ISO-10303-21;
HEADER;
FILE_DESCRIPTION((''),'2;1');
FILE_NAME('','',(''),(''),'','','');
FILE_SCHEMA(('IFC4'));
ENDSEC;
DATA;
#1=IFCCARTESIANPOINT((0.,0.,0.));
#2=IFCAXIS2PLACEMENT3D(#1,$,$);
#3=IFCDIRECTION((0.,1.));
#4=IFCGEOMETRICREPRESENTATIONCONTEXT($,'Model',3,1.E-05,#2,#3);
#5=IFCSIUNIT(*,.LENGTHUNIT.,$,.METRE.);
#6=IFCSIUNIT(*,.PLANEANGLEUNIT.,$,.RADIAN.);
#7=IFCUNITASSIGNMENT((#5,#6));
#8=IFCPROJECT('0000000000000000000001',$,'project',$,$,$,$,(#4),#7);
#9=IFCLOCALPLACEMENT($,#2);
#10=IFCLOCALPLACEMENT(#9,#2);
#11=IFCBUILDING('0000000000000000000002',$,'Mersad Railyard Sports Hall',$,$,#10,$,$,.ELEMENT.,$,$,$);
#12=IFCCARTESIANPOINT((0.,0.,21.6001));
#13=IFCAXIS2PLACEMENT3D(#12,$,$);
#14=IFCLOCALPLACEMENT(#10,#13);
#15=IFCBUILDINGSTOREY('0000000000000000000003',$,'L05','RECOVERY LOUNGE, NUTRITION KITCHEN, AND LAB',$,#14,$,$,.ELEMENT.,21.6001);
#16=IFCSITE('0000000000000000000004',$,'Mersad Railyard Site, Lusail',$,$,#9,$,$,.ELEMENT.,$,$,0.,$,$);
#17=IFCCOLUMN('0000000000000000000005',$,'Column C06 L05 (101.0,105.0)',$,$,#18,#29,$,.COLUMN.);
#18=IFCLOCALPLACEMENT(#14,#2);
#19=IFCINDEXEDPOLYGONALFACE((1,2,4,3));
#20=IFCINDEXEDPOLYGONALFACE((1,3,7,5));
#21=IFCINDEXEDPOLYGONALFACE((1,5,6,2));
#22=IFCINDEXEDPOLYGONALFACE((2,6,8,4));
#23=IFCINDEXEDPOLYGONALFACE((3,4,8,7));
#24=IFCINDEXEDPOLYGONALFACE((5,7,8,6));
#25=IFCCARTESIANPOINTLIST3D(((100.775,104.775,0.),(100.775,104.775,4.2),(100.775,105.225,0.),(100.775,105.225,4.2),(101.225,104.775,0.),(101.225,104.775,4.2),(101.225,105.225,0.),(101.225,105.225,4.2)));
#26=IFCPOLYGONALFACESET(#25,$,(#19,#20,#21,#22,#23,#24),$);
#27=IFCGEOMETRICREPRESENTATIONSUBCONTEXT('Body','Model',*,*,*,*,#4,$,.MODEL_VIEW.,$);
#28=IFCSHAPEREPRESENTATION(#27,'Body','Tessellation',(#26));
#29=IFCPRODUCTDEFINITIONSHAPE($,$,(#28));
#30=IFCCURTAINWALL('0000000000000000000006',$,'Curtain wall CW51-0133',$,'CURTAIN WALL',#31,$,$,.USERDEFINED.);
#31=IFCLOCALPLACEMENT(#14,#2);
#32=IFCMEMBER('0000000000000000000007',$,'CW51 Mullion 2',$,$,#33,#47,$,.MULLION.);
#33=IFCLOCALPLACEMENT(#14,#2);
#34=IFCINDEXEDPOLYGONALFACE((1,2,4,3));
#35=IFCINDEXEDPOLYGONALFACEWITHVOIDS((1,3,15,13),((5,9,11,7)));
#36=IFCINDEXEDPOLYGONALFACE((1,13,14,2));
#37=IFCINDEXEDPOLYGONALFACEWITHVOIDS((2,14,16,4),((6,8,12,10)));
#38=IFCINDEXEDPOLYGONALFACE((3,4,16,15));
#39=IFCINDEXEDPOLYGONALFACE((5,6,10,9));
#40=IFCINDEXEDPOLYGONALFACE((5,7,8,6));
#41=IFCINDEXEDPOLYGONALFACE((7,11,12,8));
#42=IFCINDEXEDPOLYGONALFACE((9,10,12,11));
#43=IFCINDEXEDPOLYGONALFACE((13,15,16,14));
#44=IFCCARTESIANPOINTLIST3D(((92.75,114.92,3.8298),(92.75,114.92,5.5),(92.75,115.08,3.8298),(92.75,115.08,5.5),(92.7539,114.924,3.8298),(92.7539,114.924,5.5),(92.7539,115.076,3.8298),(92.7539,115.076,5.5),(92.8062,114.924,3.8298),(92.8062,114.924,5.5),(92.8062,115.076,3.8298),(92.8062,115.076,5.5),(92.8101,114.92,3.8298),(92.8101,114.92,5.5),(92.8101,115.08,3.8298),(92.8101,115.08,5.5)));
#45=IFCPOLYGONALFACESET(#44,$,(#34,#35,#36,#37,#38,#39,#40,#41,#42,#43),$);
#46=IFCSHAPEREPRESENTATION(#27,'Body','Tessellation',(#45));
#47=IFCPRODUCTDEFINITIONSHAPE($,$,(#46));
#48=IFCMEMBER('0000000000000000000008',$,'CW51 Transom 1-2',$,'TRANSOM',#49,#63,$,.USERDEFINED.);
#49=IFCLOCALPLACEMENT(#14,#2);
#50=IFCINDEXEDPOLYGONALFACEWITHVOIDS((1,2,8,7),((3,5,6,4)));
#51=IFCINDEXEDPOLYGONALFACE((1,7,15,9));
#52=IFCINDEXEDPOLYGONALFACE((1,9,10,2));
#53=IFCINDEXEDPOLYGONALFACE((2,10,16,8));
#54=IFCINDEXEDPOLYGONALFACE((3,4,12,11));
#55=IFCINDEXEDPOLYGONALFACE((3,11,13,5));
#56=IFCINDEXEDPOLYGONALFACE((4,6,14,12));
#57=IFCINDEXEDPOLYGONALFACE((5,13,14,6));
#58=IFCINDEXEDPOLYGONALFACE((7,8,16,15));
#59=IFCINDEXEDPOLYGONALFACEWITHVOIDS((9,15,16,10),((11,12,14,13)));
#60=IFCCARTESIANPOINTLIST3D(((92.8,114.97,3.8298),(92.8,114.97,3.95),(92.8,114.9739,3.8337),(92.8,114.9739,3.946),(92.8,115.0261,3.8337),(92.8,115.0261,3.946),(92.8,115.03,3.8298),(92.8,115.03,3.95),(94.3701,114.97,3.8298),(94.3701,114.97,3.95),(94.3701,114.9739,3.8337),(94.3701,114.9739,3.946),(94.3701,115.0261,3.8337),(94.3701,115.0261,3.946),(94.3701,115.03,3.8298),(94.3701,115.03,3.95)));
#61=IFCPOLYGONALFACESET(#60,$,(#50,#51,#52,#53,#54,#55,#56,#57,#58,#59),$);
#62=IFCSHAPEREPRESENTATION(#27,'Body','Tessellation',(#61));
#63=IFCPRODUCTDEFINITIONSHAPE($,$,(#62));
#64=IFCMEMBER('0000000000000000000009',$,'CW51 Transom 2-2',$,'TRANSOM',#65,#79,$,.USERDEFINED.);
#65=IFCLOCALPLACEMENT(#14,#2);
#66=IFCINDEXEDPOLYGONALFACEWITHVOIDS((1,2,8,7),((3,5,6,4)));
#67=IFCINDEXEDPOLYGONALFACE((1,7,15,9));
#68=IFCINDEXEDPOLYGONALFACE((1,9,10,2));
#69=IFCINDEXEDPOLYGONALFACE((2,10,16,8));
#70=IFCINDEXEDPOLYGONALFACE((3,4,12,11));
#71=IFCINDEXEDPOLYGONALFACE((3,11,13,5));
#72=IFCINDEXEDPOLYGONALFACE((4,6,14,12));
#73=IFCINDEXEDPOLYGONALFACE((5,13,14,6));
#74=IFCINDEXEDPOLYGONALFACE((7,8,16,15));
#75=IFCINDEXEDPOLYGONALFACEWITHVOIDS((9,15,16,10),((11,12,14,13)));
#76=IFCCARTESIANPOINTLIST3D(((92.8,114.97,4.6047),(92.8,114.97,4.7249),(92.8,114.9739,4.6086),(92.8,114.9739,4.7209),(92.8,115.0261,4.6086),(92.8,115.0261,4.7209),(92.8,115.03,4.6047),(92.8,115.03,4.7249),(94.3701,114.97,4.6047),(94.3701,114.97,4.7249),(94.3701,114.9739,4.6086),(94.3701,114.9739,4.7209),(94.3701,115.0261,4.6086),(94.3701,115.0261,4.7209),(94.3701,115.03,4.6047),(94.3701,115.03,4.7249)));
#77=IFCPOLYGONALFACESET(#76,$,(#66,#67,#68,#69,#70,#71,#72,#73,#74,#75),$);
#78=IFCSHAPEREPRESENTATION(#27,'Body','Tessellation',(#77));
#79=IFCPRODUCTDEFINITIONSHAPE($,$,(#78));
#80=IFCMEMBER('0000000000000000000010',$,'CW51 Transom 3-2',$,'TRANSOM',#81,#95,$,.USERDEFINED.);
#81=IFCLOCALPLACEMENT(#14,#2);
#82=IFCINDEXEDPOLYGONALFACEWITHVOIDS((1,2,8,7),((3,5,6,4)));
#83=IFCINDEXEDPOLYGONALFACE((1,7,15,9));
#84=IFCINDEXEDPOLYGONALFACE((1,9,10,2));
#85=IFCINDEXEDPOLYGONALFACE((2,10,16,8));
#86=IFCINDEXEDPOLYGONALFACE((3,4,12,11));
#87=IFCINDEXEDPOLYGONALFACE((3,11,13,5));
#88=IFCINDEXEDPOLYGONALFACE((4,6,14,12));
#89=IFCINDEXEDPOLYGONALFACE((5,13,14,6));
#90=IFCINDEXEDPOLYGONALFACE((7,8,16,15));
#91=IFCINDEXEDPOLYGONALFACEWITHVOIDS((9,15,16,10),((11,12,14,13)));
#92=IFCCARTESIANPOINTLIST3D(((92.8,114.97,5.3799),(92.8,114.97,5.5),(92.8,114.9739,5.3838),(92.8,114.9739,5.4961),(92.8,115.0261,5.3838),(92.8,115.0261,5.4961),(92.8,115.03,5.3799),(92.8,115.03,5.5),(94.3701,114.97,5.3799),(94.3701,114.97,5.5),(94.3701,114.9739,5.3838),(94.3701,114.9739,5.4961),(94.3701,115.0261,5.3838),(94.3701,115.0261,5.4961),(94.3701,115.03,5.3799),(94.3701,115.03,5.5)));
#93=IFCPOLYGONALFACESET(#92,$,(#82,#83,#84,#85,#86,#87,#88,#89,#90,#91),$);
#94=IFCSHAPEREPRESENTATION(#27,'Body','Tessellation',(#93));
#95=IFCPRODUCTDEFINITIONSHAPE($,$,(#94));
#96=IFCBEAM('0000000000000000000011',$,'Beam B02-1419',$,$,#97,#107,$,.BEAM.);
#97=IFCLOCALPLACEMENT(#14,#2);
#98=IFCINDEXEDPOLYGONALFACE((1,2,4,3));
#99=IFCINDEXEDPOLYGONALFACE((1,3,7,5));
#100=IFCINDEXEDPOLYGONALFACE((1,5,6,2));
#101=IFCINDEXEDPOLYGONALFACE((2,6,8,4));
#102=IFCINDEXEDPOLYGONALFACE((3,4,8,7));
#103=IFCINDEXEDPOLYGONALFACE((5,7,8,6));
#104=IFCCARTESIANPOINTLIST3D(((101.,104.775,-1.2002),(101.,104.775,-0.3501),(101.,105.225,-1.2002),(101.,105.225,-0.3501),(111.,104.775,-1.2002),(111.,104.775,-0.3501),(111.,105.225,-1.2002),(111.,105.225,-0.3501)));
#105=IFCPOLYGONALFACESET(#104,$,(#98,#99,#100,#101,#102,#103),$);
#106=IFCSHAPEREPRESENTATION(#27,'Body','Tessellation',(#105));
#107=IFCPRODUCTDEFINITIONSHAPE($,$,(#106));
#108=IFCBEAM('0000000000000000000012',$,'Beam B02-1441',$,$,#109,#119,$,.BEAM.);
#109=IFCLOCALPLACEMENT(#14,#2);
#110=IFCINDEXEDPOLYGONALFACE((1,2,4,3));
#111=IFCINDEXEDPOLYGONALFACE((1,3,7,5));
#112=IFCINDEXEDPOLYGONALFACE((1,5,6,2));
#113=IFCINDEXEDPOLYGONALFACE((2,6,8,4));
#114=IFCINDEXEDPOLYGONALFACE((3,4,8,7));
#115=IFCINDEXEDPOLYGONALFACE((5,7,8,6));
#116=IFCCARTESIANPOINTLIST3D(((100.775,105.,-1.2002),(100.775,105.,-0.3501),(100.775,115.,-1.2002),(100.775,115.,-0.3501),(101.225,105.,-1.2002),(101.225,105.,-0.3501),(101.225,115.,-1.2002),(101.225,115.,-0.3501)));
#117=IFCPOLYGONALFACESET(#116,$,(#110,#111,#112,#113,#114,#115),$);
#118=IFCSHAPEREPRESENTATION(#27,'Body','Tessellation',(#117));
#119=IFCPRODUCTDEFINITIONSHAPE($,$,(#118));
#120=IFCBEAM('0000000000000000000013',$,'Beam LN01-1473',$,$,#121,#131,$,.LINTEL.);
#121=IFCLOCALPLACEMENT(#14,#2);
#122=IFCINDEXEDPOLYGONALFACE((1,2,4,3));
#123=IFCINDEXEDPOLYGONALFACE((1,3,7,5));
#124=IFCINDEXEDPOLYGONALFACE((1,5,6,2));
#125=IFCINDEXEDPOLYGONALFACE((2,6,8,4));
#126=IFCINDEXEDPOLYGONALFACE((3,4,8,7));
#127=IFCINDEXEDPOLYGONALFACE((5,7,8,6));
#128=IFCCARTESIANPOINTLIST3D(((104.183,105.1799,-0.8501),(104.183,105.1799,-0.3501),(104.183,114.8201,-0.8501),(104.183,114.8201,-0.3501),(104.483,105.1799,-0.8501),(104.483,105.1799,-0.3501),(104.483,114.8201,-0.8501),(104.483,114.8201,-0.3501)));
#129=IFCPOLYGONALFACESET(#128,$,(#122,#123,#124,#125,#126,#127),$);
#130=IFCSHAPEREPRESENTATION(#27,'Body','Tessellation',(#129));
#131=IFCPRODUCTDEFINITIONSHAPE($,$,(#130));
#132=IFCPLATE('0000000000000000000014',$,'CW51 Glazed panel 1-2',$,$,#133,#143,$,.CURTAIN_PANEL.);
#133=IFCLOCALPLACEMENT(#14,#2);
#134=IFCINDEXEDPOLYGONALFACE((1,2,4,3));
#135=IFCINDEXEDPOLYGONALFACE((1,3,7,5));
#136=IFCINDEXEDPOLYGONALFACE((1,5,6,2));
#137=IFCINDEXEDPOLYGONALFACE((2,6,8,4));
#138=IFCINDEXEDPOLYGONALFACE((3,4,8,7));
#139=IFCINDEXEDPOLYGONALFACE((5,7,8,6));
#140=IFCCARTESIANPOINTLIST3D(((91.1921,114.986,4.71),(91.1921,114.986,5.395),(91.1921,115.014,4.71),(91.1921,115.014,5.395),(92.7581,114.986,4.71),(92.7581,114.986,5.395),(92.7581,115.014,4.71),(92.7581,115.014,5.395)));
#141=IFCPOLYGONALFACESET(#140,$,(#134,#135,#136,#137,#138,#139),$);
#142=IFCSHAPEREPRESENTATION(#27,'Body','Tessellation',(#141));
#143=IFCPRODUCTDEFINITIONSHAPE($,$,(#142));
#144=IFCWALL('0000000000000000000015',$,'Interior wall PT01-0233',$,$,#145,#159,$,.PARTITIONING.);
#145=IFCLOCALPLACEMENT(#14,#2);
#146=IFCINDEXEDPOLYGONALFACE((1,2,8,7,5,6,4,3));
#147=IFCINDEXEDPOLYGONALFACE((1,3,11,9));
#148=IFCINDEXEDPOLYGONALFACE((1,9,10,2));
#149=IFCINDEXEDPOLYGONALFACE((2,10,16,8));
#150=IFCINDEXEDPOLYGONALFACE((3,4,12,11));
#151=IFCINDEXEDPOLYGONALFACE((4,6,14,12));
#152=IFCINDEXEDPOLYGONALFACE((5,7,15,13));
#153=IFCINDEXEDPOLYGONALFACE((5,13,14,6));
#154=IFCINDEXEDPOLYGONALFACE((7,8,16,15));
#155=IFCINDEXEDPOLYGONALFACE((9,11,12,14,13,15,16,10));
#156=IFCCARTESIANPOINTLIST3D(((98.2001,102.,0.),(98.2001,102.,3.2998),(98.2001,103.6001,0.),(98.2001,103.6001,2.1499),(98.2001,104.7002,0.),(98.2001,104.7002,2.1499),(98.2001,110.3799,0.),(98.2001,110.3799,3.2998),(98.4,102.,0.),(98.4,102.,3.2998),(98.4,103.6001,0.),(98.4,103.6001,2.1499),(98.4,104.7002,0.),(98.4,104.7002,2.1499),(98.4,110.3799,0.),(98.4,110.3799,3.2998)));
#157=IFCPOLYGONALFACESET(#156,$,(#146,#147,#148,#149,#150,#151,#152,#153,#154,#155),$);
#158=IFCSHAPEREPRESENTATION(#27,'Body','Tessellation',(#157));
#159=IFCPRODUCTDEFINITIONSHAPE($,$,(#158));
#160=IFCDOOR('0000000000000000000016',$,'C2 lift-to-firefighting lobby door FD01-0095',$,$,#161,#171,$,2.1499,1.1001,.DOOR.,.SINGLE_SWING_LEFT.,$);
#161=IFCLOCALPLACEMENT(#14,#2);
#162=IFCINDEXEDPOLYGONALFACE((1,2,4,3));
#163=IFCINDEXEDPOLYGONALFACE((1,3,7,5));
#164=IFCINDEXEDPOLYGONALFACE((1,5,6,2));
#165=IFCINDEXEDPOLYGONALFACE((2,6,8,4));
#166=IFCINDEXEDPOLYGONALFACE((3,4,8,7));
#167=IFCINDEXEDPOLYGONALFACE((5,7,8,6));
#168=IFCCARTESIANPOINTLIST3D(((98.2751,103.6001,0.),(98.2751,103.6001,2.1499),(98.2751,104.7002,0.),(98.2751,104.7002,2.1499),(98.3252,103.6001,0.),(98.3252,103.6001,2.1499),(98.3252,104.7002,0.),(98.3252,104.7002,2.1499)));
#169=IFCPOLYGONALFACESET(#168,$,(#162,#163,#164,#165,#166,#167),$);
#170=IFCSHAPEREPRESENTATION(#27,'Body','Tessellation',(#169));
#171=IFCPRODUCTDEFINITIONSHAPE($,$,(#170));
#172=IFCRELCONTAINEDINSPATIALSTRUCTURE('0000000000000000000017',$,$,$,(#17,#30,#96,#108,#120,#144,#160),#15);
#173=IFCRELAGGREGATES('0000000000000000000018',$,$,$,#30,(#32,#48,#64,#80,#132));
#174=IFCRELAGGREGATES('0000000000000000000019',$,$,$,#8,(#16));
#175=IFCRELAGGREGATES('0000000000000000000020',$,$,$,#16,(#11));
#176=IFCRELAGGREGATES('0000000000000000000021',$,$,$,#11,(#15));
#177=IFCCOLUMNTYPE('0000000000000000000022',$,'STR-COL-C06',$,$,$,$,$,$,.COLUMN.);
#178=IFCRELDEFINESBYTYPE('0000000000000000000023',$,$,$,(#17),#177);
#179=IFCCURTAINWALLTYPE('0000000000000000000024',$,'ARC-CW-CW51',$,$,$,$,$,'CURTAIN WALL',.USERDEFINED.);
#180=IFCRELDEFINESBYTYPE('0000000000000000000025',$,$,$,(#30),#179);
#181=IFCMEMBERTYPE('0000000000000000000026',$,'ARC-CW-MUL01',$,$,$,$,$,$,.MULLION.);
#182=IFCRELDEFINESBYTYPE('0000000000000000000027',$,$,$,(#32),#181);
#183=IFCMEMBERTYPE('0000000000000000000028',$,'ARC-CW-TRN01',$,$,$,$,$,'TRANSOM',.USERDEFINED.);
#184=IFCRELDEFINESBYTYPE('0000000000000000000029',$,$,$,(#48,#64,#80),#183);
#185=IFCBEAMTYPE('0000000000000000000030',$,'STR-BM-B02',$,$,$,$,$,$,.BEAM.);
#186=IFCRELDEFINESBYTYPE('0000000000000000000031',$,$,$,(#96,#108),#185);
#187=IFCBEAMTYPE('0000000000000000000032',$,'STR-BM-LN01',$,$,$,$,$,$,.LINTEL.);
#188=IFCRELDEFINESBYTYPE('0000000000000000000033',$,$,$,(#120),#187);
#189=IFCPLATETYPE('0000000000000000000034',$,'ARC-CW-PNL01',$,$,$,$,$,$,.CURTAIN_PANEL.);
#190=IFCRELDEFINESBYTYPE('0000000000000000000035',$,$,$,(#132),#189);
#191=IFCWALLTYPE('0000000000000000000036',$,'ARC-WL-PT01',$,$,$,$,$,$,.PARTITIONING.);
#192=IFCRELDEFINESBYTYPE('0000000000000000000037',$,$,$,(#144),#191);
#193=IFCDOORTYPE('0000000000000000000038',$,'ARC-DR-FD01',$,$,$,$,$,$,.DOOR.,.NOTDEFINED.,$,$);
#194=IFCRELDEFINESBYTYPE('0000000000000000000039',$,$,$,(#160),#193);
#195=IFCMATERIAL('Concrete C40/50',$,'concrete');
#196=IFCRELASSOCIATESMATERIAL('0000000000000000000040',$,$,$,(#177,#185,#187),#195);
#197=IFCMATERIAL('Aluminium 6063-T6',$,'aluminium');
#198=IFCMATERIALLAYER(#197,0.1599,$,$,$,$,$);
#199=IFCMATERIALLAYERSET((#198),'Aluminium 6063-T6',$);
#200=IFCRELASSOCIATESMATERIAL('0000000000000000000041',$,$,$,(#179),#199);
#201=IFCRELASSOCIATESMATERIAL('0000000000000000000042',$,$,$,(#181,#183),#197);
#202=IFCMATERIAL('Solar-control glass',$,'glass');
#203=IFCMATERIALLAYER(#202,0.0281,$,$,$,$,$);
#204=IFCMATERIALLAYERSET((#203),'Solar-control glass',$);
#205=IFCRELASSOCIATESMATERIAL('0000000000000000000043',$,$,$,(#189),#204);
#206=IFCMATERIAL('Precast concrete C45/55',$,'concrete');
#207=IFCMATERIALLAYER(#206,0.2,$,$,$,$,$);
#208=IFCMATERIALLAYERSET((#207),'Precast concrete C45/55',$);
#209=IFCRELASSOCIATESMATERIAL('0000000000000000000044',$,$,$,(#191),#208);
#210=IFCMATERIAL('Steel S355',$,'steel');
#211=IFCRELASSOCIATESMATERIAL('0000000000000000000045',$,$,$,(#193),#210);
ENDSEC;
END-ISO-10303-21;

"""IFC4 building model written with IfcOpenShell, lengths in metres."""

from ifc_helpers import new_model, si_unit, direction, frame, frame_2d, origin, origin_2d, place, context, subcontext, project, spatial, rectangle, hollow_rectangle, extrude, material, layer, layer_set, material_profile, profile_set, type_object, element, fill, aggregate, save


model = new_model("IFC4")

# Units and contexts
model_context = context("Model", 3, precision=1e-05, world=origin(), true_north=direction((0.0, 1.0)))
body_context = subcontext(model_context, "Body", "Model", "MODEL_VIEW")
ifc_project = project(units=[si_unit("LENGTHUNIT", "METRE"), si_unit("PLANEANGLEUNIT", "RADIAN")], contexts=[model_context])

# Site, building, storey
site_placement = place(None, origin())
site = spatial("IfcSite", under=ifc_project, at=site_placement, Name="Mersad Railyard Site, Lusail", CompositionType="ELEMENT", RefElevation=0.0)
building_placement = place(site_placement, origin())
building = spatial("IfcBuilding", under=site, at=building_placement, Name="Mersad Railyard Sports Hall", CompositionType="ELEMENT")
storey_placement = place(building_placement, frame((0.0, 0.0, 21.6001)))
storey = spatial("IfcBuildingStorey", under=building, at=storey_placement, Name="L05", Description="RECOVERY LOUNGE, NUTRITION KITCHEN, AND LAB", CompositionType="ELEMENT", Elevation=21.6001)

# Column
ifc_material_1 = material(Name="Concrete C40/50", Category="concrete")
ifc_material_profile_1 = material_profile(ifc_material_1, rectangle(XDim=0.45, YDim=0.45, at=origin_2d()), Name="RC 450x450")
ifc_profile_set_1 = profile_set([ifc_material_profile_1], Name="Concrete C40/50")
column_type = type_object("IfcColumnType", Name="STR-COL-C06", PredefinedType="COLUMN", material=ifc_profile_set_1)
column_placement = place(storey_placement, frame((101.0, 105.0, 0.0), z_axis=(0.0, 0.0, 1.0), x_axis=(1.0, 0.0, 0.0)))
element("IfcColumn", 1, at=column_placement, inside=storey, type_object=column_type, Name="Column C06 L05 (101.0,105.0)", PredefinedType="COLUMN", context=body_context, shape_type="SweptSolid", body=[
    extrude(rectangle(XDim=0.45, YDim=0.45, at=origin_2d()), origin(), (0.0, 0.0, 1.0), 4.2),
])

# Curtain wall, members
ifc_material_2 = material(Name="Aluminium 6063-T6", Category="aluminium")
ifc_layer_1 = layer(ifc_material_2, 0.1599)
ifc_layer_set_1 = layer_set([ifc_layer_1], Name="Aluminium 6063-T6")
curtain_wall_type = type_object("IfcCurtainWallType", Name="ARC-CW-CW51", ElementType="CURTAIN WALL", PredefinedType="USERDEFINED", material=ifc_layer_set_1)
curtain_wall_placement = place(storey_placement, origin())
curtain_wall = element("IfcCurtainWall", 2, at=curtain_wall_placement, inside=storey, type_object=curtain_wall_type, Name="Curtain wall CW51-0133", ObjectType="CURTAIN WALL", PredefinedType="USERDEFINED")
ifc_material_profile_2 = material_profile(ifc_material_2, hollow_rectangle(XDim=0.0601, YDim=0.1599, WallThickness=0.0039, at=origin_2d()), Name="AL MULLION 60x160x4")
ifc_profile_set_2 = profile_set([ifc_material_profile_2], Name="Aluminium 6063-T6")
member_type_1 = type_object("IfcMemberType", Name="ARC-CW-MUL01", PredefinedType="MULLION", material=ifc_profile_set_2)
member_1_placement = place(storey_placement, frame((92.78, 115.0, 3.8298), z_axis=(0.0, 0.0, 1.0), x_axis=(1.0, 0.0, 0.0)))
member_1 = element("IfcMember", 3, at=member_1_placement, type_object=member_type_1, Name="CW51 Mullion 2", PredefinedType="MULLION", context=body_context, shape_type="SweptSolid", body=[
    extrude(hollow_rectangle(XDim=0.0601, YDim=0.1599, WallThickness=0.0039, at=origin_2d()), origin(), (0.0, 0.0, 1.0), 1.6702),
])
ifc_material_profile_3 = material_profile(ifc_material_2, hollow_rectangle(XDim=0.0601, YDim=0.1201, WallThickness=0.0039, at=origin_2d()), Name="AL TRANSOM 60x120x4")
ifc_profile_set_3 = profile_set([ifc_material_profile_3], Name="Aluminium 6063-T6")
member_type_2 = type_object("IfcMemberType", Name="ARC-CW-TRN01", ElementType="TRANSOM", PredefinedType="USERDEFINED", material=ifc_profile_set_3)
member_2_placement = place(storey_placement, frame((92.8, 115.0, 3.8899), z_axis=(1.0, 0.0, 0.0), x_axis=(0.0, 1.0, 0.0)))
member_2 = element("IfcMember", 4, at=member_2_placement, type_object=member_type_2, Name="CW51 Transom 1-2", ObjectType="TRANSOM", PredefinedType="USERDEFINED", context=body_context, shape_type="SweptSolid", body=[
    extrude(hollow_rectangle(XDim=0.0601, YDim=0.1201, WallThickness=0.0039, at=origin_2d()), origin(), (0.0, 0.0, 1.0), 1.5701),
])
member_3_placement = place(storey_placement, frame((92.8, 115.0, 4.6648), z_axis=(1.0, 0.0, 0.0), x_axis=(0.0, 1.0, 0.0)))
member_3 = element("IfcMember", 5, at=member_3_placement, type_object=member_type_2, Name="CW51 Transom 2-2", ObjectType="TRANSOM", PredefinedType="USERDEFINED", context=body_context, shape_type="SweptSolid", body=[
    extrude(hollow_rectangle(XDim=0.0601, YDim=0.1201, WallThickness=0.0039, at=origin_2d()), origin(), (0.0, 0.0, 1.0), 1.5701),
])
member_4_placement = place(storey_placement, frame((92.8, 115.0, 5.4399), z_axis=(1.0, 0.0, 0.0), x_axis=(0.0, 1.0, 0.0)))
member_4 = element("IfcMember", 6, at=member_4_placement, type_object=member_type_2, Name="CW51 Transom 3-2", ObjectType="TRANSOM", PredefinedType="USERDEFINED", context=body_context, shape_type="SweptSolid", body=[
    extrude(hollow_rectangle(XDim=0.0601, YDim=0.1201, WallThickness=0.0039, at=origin_2d()), origin(), (0.0, 0.0, 1.0), 1.5701),
])

# Beams
ifc_material_profile_4 = material_profile(ifc_material_1, rectangle(XDim=0.45, YDim=0.8501, at=origin_2d()), Name="RC 450x850")
ifc_profile_set_4 = profile_set([ifc_material_profile_4], Name="Concrete C40/50")
beam_type_1 = type_object("IfcBeamType", Name="STR-BM-B02", PredefinedType="BEAM", material=ifc_profile_set_4)
for number, where, z_axis, x_axis, name in (
    (7, (101.0, 105.0, -0.7751), (1.0, 0.0, 0.0), (0.0, 1.0, 0.0), "Beam B02-1419"),
    (8, (101.0, 105.0, -0.7751), (0.0, 1.0, 0.0), (-1.0, 0.0, 0.0), "Beam B02-1441"),
):
    element("IfcBeam", number, at=place(storey_placement, frame(where, z_axis=z_axis, x_axis=x_axis)), inside=storey, type_object=beam_type_1, Name=name, PredefinedType="BEAM", context=body_context, shape_type="SweptSolid", body=[
        extrude(rectangle(XDim=0.45, YDim=0.8501, at=origin_2d()), origin(), (0.0, 0.0, 1.0), 10.0),
    ])
ifc_material_profile_5 = material_profile(ifc_material_1, rectangle(XDim=0.3, YDim=0.5, at=origin_2d()), Name="RC 300x500")
ifc_profile_set_5 = profile_set([ifc_material_profile_5], Name="Concrete C40/50")
beam_type_2 = type_object("IfcBeamType", Name="STR-BM-LN01", PredefinedType="LINTEL", material=ifc_profile_set_5)
beam_placement = place(storey_placement, frame((104.333, 105.1799, -0.6001), z_axis=(0.0, 1.0, 0.0), x_axis=(-1.0, 0.0, 0.0)))
element("IfcBeam", 9, at=beam_placement, inside=storey, type_object=beam_type_2, Name="Beam LN01-1473", PredefinedType="LINTEL", context=body_context, shape_type="SweptSolid", body=[
    extrude(rectangle(XDim=0.3, YDim=0.5, at=origin_2d()), origin(), (0.0, 0.0, 1.0), 9.6401),
])

# Plate
ifc_material_3 = material(Name="Solar-control glass", Category="glass")
ifc_layer_2 = layer(ifc_material_3, 0.0281)
ifc_layer_set_2 = layer_set([ifc_layer_2], Name="Solar-control glass")
plate_type = type_object("IfcPlateType", Name="ARC-CW-PNL01", PredefinedType="CURTAIN_PANEL", material=ifc_layer_set_2)
plate_placement = place(storey_placement, frame((91.9751, 115.0, 4.71), z_axis=(0.0, 0.0, 1.0), x_axis=(1.0, 0.0, 0.0)))
plate = element("IfcPlate", 10, at=plate_placement, type_object=plate_type, Name="CW51 Glazed panel 1-2", PredefinedType="CURTAIN_PANEL", context=body_context, shape_type="SweptSolid", body=[
    extrude(rectangle(XDim=1.5659, YDim=0.0281, at=origin_2d()), origin(), (0.0, 0.0, 1.0), 0.6851),
])
aggregate(curtain_wall, [member_1, member_2, member_3, member_4, plate])

# Wall, opening, door
ifc_material_4 = material(Name="Precast concrete C45/55", Category="concrete")
ifc_layer_3 = layer(ifc_material_4, 0.2)
ifc_layer_set_3 = layer_set([ifc_layer_3], Name="Precast concrete C45/55")
wall_type_1 = type_object("IfcWallType", Name="ARC-WL-PT01", PredefinedType="PARTITIONING", material=ifc_layer_set_3)
wall_1_placement = place(storey_placement, frame((98.3, 102.0, 0.0), z_axis=(0.0, 0.0, 1.0), x_axis=(0.0, 1.0, 0.0)))
wall_1 = element("IfcWall", 11, at=wall_1_placement, inside=storey, type_object=wall_type_1, Name="Interior wall PT01-0233", PredefinedType="PARTITIONING", context=body_context, shape_type="SweptSolid", body=[
    extrude(rectangle(XDim=8.3799, YDim=0.2, at=frame_2d((4.1899, 0.0))), origin(), (0.0, 0.0, 1.0), 3.2998),
])
opening_1_placement = place(wall_1_placement, frame((1.6001, 0.0, 0.0)))
opening_1 = element("IfcOpeningElement", 12, at=opening_1_placement, cuts=wall_1, PredefinedType="OPENING", context=body_context, shape_type="SweptSolid", body=[
    extrude(rectangle(XDim=1.1001, YDim=2.1499, at=frame_2d((0.55, 1.075))), frame((0.0, 0.1099, 0.0), z_axis=(0.0, -1.0, 0.0), x_axis=(1.0, 0.0, 0.0)), (0.0, 0.0, 1.0), 0.22),
])
ifc_material_5 = material(Name="Steel S355", Category="steel")
door_type_1 = type_object("IfcDoorType", Name="ARC-DR-FD01", OperationType="NOTDEFINED", PredefinedType="DOOR", material=ifc_material_5)
door_1_placement = place(opening_1_placement, origin())
door_1 = element("IfcDoor", 13, at=door_1_placement, inside=storey, type_object=door_type_1, Name="C2 lift-to-firefighting lobby door FD01-0095", OperationType="SINGLE_SWING_LEFT", OverallHeight=2.1499, OverallWidth=1.1001, PredefinedType="DOOR", context=body_context, shape_type="SweptSolid", body=[
    extrude(rectangle(XDim=1.1001, YDim=2.1499, at=frame_2d((0.55, 1.075))), frame((0.0, 0.0249, 0.0), z_axis=(0.0, -1.0, 0.0), x_axis=(1.0, 0.0, 0.0)), (0.0, 0.0, 1.0), 0.05),
])
fill(opening_1, door_1)

save(model, "model.ifc")
